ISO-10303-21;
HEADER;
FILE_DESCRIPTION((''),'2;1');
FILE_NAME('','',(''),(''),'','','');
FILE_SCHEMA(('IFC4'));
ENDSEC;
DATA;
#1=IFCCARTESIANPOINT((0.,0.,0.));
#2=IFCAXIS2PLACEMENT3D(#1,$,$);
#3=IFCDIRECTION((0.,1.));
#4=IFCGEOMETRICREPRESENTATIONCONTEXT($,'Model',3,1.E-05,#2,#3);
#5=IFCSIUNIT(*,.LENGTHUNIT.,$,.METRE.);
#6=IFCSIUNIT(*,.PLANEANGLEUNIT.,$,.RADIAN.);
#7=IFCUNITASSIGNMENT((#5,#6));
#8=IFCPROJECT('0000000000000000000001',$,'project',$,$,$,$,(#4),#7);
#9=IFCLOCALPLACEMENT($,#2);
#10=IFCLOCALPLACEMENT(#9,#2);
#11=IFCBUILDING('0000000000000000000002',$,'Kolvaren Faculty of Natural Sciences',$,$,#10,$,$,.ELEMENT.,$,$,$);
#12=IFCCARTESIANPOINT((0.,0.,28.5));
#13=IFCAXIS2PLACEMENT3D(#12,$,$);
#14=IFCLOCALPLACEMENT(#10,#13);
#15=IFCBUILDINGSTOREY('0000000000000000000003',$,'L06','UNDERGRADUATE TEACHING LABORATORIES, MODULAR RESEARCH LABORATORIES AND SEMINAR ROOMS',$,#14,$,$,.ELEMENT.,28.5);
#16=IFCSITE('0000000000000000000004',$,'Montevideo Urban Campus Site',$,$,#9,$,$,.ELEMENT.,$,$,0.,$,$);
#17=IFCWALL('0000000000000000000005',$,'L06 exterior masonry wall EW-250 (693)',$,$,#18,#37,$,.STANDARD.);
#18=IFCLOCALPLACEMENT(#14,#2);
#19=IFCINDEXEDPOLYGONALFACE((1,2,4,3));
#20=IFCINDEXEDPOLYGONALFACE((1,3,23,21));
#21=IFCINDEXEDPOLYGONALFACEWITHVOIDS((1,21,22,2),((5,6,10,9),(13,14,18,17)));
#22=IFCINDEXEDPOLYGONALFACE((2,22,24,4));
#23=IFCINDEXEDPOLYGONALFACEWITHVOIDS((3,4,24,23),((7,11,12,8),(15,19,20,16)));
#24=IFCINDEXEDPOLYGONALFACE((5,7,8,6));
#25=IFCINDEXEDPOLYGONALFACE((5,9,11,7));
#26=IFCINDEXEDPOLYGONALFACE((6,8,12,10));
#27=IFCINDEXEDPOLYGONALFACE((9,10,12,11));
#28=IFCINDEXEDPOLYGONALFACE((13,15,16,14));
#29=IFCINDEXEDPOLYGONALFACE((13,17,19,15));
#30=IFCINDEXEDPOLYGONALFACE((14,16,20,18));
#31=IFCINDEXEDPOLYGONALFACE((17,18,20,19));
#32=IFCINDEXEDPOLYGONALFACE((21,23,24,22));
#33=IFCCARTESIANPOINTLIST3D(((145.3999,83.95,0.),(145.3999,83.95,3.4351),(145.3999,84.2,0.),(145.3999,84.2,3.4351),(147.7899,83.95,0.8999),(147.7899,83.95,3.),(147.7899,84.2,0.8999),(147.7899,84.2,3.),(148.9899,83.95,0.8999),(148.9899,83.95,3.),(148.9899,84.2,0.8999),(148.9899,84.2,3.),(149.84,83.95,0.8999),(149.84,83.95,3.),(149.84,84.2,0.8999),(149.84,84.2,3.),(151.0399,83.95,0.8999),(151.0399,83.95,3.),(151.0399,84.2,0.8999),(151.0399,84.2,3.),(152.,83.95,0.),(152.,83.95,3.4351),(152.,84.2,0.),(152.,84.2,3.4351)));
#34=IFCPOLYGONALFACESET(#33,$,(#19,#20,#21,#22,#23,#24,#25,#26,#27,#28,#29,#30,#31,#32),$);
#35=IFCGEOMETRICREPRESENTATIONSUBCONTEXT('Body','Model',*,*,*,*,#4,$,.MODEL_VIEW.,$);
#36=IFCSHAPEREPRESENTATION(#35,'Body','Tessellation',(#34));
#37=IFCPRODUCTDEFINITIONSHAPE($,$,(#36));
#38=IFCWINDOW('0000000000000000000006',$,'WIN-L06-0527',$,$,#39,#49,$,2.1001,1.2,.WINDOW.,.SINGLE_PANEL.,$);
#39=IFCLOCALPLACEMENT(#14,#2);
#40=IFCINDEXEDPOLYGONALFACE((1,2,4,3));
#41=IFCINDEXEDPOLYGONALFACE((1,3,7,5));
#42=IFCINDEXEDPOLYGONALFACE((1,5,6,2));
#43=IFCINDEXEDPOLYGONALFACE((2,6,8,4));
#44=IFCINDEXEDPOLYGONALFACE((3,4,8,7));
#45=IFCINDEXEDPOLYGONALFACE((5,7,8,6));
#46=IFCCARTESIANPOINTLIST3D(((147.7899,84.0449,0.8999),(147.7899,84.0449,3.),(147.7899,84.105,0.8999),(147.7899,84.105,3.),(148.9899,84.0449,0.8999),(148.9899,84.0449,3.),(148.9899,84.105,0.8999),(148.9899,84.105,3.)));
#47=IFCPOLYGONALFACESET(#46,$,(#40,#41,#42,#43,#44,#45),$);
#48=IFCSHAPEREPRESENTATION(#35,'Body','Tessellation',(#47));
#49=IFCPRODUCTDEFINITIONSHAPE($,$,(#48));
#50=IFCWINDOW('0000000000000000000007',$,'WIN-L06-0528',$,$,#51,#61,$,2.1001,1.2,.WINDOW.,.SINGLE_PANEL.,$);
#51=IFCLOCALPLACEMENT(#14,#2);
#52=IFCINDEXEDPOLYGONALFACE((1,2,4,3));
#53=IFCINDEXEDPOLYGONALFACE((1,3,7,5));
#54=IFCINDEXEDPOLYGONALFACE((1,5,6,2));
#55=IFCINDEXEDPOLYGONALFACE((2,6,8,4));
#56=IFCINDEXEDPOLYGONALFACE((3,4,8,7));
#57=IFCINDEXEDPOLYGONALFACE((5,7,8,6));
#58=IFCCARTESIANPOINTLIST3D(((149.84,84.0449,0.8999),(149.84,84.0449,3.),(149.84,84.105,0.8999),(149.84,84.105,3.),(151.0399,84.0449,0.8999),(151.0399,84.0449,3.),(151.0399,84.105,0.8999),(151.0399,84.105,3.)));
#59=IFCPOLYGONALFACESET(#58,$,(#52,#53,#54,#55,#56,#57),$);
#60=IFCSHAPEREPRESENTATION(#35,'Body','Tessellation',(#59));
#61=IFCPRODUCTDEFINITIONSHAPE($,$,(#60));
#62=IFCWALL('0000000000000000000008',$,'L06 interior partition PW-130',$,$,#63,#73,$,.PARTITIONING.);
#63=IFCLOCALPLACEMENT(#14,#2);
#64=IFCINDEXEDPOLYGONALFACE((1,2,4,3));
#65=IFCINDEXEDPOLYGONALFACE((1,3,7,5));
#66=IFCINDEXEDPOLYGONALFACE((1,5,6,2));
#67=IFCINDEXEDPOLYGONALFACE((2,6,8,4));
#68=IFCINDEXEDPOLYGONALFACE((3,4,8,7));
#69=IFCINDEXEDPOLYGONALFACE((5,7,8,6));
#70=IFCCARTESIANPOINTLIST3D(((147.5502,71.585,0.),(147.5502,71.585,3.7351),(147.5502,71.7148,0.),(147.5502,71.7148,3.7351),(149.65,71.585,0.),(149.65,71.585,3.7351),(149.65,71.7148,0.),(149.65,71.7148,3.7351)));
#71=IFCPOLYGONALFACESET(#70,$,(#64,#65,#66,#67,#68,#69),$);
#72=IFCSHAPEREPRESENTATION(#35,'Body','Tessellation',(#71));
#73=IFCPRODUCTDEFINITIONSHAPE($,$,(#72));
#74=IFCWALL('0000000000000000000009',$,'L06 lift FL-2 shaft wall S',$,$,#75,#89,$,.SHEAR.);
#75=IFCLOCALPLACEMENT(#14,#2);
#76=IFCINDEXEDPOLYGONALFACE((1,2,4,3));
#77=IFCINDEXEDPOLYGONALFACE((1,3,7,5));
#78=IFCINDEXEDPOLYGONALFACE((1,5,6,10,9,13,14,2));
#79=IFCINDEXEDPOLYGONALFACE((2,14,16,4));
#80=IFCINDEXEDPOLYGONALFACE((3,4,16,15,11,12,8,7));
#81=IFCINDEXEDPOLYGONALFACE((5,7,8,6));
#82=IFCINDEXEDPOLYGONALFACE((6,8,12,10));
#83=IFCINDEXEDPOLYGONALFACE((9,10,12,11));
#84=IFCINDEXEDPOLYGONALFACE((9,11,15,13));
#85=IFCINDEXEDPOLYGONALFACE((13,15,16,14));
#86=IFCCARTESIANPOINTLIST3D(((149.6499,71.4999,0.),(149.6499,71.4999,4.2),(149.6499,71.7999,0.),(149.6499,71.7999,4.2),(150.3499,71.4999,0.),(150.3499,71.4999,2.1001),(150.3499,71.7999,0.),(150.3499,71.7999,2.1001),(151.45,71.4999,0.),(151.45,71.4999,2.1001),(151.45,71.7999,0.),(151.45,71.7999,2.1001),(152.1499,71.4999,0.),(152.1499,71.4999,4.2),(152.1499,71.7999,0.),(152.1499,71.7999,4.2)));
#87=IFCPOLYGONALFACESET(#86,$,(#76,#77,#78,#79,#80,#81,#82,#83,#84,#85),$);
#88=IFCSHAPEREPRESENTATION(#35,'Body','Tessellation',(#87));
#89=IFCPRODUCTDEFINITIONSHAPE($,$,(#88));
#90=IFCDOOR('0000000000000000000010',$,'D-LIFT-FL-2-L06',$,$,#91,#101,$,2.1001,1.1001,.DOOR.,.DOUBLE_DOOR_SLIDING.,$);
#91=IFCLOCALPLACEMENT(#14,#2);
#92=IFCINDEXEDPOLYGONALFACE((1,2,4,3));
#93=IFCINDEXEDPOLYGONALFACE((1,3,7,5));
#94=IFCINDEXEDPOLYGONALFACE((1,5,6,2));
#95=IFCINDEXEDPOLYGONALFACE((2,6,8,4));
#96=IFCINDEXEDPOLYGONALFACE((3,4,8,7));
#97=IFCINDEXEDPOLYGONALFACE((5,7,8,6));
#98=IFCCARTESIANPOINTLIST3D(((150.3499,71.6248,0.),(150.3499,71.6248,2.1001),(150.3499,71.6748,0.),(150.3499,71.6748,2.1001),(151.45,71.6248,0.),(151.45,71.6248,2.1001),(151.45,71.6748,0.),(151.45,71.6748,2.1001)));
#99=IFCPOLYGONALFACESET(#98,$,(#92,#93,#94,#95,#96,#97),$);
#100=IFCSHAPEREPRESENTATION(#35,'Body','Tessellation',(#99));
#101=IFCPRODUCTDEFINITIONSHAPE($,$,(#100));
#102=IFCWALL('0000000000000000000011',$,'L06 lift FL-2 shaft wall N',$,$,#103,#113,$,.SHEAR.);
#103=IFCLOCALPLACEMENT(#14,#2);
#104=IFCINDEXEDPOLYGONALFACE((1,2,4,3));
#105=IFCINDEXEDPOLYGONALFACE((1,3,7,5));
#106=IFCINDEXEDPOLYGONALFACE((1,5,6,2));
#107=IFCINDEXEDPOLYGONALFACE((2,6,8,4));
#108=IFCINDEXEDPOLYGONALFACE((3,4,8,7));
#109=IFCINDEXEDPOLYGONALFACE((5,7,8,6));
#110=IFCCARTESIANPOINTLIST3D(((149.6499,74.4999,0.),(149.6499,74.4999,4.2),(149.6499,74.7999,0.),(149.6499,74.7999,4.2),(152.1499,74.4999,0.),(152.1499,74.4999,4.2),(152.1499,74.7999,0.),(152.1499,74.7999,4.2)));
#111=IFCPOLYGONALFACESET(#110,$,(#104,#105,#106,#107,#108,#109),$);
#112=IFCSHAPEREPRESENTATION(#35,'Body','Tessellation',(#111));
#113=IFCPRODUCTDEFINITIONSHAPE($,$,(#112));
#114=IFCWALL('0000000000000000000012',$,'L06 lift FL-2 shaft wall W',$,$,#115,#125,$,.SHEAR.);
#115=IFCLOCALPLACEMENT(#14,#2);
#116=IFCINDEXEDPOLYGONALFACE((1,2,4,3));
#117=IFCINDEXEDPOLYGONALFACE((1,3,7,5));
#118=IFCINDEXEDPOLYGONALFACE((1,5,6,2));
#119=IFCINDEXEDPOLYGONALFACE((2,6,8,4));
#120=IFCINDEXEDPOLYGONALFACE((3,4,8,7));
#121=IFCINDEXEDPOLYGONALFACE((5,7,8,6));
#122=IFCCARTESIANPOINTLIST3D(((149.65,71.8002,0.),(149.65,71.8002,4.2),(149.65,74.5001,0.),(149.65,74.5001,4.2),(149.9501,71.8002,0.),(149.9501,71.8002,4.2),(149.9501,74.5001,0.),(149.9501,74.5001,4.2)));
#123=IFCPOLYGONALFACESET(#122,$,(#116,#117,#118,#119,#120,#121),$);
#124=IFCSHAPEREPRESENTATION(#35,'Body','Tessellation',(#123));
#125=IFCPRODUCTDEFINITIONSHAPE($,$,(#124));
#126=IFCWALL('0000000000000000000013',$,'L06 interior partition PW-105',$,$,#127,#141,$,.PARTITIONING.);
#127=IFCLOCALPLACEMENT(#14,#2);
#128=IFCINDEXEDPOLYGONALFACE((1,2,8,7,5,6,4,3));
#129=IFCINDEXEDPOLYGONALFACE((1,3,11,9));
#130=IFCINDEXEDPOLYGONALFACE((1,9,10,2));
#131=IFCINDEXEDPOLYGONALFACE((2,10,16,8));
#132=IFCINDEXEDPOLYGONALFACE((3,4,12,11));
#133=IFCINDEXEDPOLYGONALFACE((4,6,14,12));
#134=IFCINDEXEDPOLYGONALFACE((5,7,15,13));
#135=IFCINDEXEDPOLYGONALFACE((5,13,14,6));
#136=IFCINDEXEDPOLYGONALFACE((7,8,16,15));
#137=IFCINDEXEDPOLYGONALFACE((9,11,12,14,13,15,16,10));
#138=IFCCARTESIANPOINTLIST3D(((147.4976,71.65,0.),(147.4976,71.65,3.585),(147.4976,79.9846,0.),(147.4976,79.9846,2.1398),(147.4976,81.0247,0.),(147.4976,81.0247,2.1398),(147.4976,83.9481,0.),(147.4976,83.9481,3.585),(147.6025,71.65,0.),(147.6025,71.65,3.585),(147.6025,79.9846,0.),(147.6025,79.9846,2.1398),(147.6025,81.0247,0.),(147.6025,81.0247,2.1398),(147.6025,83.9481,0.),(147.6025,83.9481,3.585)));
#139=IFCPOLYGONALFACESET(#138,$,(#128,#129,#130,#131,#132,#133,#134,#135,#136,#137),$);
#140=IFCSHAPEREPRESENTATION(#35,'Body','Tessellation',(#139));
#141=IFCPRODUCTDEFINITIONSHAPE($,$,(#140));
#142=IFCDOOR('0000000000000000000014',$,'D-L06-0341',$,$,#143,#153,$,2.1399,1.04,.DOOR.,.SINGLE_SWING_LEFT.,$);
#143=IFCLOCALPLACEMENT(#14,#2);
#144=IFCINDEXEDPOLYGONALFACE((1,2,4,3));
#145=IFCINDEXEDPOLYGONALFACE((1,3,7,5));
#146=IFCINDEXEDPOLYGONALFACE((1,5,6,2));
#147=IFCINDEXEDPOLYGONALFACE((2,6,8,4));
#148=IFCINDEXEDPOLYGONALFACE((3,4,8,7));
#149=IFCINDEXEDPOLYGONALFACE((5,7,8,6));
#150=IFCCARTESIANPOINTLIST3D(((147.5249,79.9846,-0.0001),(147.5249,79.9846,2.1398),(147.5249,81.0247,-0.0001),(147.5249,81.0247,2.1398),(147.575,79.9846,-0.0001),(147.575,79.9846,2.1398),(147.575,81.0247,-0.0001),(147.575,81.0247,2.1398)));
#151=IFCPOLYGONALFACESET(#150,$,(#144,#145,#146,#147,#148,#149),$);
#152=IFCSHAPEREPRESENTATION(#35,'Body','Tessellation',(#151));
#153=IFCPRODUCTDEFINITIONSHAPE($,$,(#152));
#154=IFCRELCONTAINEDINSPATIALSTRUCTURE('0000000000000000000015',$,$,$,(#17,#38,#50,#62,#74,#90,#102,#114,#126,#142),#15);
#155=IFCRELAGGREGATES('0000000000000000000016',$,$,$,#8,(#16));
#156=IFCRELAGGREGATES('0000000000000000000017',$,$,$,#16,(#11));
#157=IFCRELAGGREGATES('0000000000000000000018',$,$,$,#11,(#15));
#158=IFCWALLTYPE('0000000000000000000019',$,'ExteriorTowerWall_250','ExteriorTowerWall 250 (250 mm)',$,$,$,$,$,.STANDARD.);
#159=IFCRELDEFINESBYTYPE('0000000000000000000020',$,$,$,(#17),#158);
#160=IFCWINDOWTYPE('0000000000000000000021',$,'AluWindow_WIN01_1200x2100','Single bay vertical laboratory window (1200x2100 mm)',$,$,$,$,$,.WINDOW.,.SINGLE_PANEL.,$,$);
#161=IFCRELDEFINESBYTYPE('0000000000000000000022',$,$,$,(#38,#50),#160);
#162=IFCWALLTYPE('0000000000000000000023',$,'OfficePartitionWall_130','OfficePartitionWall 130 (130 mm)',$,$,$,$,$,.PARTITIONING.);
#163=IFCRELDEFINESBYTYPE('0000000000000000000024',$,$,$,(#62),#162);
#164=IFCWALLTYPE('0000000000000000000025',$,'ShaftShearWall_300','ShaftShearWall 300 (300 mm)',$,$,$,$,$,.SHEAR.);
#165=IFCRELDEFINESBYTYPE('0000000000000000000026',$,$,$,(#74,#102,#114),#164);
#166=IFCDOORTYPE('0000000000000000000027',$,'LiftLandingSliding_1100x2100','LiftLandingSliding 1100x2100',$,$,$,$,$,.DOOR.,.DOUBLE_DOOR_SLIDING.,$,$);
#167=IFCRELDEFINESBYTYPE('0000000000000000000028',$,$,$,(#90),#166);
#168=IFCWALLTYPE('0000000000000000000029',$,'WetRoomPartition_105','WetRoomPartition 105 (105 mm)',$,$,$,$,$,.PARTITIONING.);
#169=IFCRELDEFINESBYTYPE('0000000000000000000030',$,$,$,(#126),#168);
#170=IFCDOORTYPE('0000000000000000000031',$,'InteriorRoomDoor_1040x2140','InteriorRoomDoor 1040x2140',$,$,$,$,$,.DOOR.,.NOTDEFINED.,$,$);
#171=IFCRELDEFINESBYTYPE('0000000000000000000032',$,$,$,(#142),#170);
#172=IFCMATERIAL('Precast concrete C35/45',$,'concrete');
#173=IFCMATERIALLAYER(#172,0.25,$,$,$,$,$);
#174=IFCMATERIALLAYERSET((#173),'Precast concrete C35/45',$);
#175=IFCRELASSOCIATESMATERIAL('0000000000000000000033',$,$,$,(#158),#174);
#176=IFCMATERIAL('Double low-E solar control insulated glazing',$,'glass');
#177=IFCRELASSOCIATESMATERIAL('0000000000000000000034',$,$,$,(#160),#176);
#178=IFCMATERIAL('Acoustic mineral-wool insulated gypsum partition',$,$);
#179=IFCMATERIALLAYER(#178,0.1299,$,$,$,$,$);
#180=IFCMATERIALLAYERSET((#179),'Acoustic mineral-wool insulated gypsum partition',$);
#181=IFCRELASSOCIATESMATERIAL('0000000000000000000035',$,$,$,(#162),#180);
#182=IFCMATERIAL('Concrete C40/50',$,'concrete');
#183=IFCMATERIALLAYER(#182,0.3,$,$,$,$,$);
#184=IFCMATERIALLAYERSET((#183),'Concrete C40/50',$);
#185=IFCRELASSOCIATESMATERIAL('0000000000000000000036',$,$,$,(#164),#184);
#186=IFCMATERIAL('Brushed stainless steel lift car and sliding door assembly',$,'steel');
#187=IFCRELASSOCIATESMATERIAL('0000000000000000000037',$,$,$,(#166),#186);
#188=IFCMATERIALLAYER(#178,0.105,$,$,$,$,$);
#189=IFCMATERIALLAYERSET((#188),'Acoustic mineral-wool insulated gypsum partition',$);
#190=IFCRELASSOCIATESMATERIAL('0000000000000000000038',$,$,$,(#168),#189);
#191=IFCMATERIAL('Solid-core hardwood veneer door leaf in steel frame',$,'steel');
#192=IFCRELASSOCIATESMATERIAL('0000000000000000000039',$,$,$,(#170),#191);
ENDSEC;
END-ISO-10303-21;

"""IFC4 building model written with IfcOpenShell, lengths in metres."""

from ifc_helpers import new_model, si_unit, direction, frame, frame_2d, origin, place, context, subcontext, project, spatial, rectangle, extrude, material, layer, layer_set, type_object, element, fill, save


model = new_model("IFC4")

# Units and contexts
model_context = context("Model", 3, precision=1e-05, world=origin(), true_north=direction((0.0, 1.0)))
body_context = subcontext(model_context, "Body", "Model", "MODEL_VIEW")
ifc_project = project(units=[si_unit("LENGTHUNIT", "METRE"), si_unit("PLANEANGLEUNIT", "RADIAN")], contexts=[model_context])

# Site, building, storey
site_placement = place(None, origin())
site = spatial("IfcSite", under=ifc_project, at=site_placement, Name="Montevideo Urban Campus Site", CompositionType="ELEMENT", RefElevation=0.0)
building_placement = place(site_placement, origin())
building = spatial("IfcBuilding", under=site, at=building_placement, Name="Kolvaren Faculty of Natural Sciences", CompositionType="ELEMENT")
storey_placement = place(building_placement, frame((0.0, 0.0, 28.5)))
storey = spatial("IfcBuildingStorey", under=building, at=storey_placement, Name="L06", Description="UNDERGRADUATE TEACHING LABORATORIES, MODULAR RESEARCH LABORATORIES AND SEMINAR ROOMS", CompositionType="ELEMENT", Elevation=28.5)

# Shared definitions
ifc_material_1 = material(Name="Acoustic mineral-wool insulated gypsum partition")

# Wall, openings, windows
ifc_material_2 = material(Name="Precast concrete C35/45", Category="concrete")
ifc_layer_1 = layer(ifc_material_2, 0.25)
ifc_layer_set_1 = layer_set([ifc_layer_1], Name="Precast concrete C35/45")
wall_type_1 = type_object("IfcWallType", Name="ExteriorTowerWall_250", Description="ExteriorTowerWall 250 (250 mm)", PredefinedType="STANDARD", material=ifc_layer_set_1)
wall_1_placement = place(storey_placement, frame((145.3999, 84.075, 0.0), z_axis=(0.0, 0.0, 1.0), x_axis=(1.0, 0.0, 0.0)))
wall_1 = element("IfcWall", 1, at=wall_1_placement, inside=storey, type_object=wall_type_1, Name="L06 exterior masonry wall EW-250 (693)", PredefinedType="STANDARD", context=body_context, shape_type="SweptSolid", body=[
    extrude(rectangle(XDim=6.6001, YDim=0.25, at=frame_2d((3.3, 0.0))), origin(), (0.0, 0.0, 1.0), 3.4351),
])
opening_1_placement = place(wall_1_placement, frame((2.3899, 0.0, 0.8999)))
opening_1 = element("IfcOpeningElement", 2, at=opening_1_placement, cuts=wall_1, PredefinedType="OPENING", context=body_context, shape_type="SweptSolid", body=[
    extrude(rectangle(XDim=1.2, YDim=2.1001, at=frame_2d((0.6001, 1.05))), frame((0.0, 0.135, 0.0), z_axis=(0.0, -1.0, 0.0), x_axis=(1.0, 0.0, 0.0)), (0.0, 0.0, 1.0), 0.27),
])
opening_2_placement = place(wall_1_placement, frame((4.4399, 0.0, 0.8999)))
opening_2 = element("IfcOpeningElement", 3, at=opening_2_placement, cuts=wall_1, PredefinedType="OPENING", context=body_context, shape_type="SweptSolid", body=[
    extrude(rectangle(XDim=1.2, YDim=2.1001, at=frame_2d((0.6001, 1.05))), frame((0.0, 0.135, 0.0), z_axis=(0.0, -1.0, 0.0), x_axis=(1.0, 0.0, 0.0)), (0.0, 0.0, 1.0), 0.27),
])
ifc_material_3 = material(Name="Double low-E solar control insulated glazing", Category="glass")
window_type = type_object("IfcWindowType", Name="AluWindow_WIN01_1200x2100", Description="Single bay vertical laboratory window (1200x2100 mm)", PartitioningType="SINGLE_PANEL", PredefinedType="WINDOW", material=ifc_material_3)
window_1_placement = place(opening_1_placement, origin())
window_1 = element("IfcWindow", 4, at=window_1_placement, inside=storey, type_object=window_type, Name="WIN-L06-0527", OverallHeight=2.1001, OverallWidth=1.2, PartitioningType="SINGLE_PANEL", PredefinedType="WINDOW", context=body_context, shape_type="SweptSolid", body=[
    extrude(rectangle(XDim=1.2, YDim=2.1001, at=frame_2d((0.6001, 1.05))), frame((0.0, 0.03, 0.0), z_axis=(0.0, -1.0, 0.0), x_axis=(1.0, 0.0, 0.0)), (0.0, 0.0, 1.0), 0.0601),
])
fill(opening_1, window_1)
window_2_placement = place(opening_2_placement, origin())
window_2 = element("IfcWindow", 5, at=window_2_placement, inside=storey, type_object=window_type, Name="WIN-L06-0528", OverallHeight=2.1001, OverallWidth=1.2, PartitioningType="SINGLE_PANEL", PredefinedType="WINDOW", context=body_context, shape_type="SweptSolid", body=[
    extrude(rectangle(XDim=1.2, YDim=2.1001, at=frame_2d((0.6001, 1.05))), frame((0.0, 0.03, 0.0), z_axis=(0.0, -1.0, 0.0), x_axis=(1.0, 0.0, 0.0)), (0.0, 0.0, 1.0), 0.0601),
])
fill(opening_2, window_2)

# Wall
ifc_layer_2 = layer(ifc_material_1, 0.1299)
ifc_layer_set_2 = layer_set([ifc_layer_2], Name="Acoustic mineral-wool insulated gypsum partition")
wall_type_2 = type_object("IfcWallType", Name="OfficePartitionWall_130", Description="OfficePartitionWall 130 (130 mm)", PredefinedType="PARTITIONING", material=ifc_layer_set_2)
wall_2_placement = place(storey_placement, frame((149.6499, 71.6499, 0.0), z_axis=(0.0, 0.0, 1.0), x_axis=(-1.0, 0.0, 0.0)))
element("IfcWall", 6, at=wall_2_placement, inside=storey, type_object=wall_type_2, Name="L06 interior partition PW-130", PredefinedType="PARTITIONING", context=body_context, shape_type="SweptSolid", body=[
    extrude(rectangle(XDim=2.0999, YDim=0.1299, at=frame_2d((1.0498, 0.0))), origin(), (0.0, 0.0, 1.0), 3.7351),
])

# Wall, opening, door
ifc_material_4 = material(Name="Concrete C40/50", Category="concrete")
ifc_layer_3 = layer(ifc_material_4, 0.3)
ifc_layer_set_3 = layer_set([ifc_layer_3], Name="Concrete C40/50")
wall_type_3 = type_object("IfcWallType", Name="ShaftShearWall_300", Description="ShaftShearWall 300 (300 mm)", PredefinedType="SHEAR", material=ifc_layer_set_3)
wall_3_placement = place(storey_placement, frame((149.6499, 71.6499, 0.0), z_axis=(0.0, 0.0, 1.0), x_axis=(1.0, 0.0, 0.0)))
wall_3 = element("IfcWall", 7, at=wall_3_placement, inside=storey, type_object=wall_type_3, Name="L06 lift FL-2 shaft wall S", PredefinedType="SHEAR", context=body_context, shape_type="SweptSolid", body=[
    extrude(rectangle(XDim=2.5, YDim=0.3, at=frame_2d((1.25, 0.0))), origin(), (0.0, 0.0, 1.0), 4.2),
])
opening_3_placement = place(wall_3_placement, frame((0.7, 0.0, 0.0)))
opening_3 = element("IfcOpeningElement", 8, at=opening_3_placement, cuts=wall_3, PredefinedType="OPENING", context=body_context, shape_type="SweptSolid", body=[
    extrude(rectangle(XDim=1.1001, YDim=2.1001, at=frame_2d((0.55, 1.05))), frame((0.0, 0.1599, 0.0), z_axis=(0.0, -1.0, 0.0), x_axis=(1.0, 0.0, 0.0)), (0.0, 0.0, 1.0), 0.3201),
])
ifc_material_5 = material(Name="Brushed stainless steel lift car and sliding door assembly", Category="steel")
door_type_1 = type_object("IfcDoorType", Name="LiftLandingSliding_1100x2100", Description="LiftLandingSliding 1100x2100", OperationType="DOUBLE_DOOR_SLIDING", PredefinedType="DOOR", material=ifc_material_5)
door_1_placement = place(opening_3_placement, origin())
door_1 = element("IfcDoor", 9, at=door_1_placement, inside=storey, type_object=door_type_1, Name="D-LIFT-FL-2-L06", OperationType="DOUBLE_DOOR_SLIDING", OverallHeight=2.1001, OverallWidth=1.1001, PredefinedType="DOOR", context=body_context, shape_type="SweptSolid", body=[
    extrude(rectangle(XDim=1.1001, YDim=2.1001, at=frame_2d((0.55, 1.05))), frame((0.0, 0.0249, 0.0), z_axis=(0.0, -1.0, 0.0), x_axis=(1.0, 0.0, 0.0)), (0.0, 0.0, 1.0), 0.05),
])
fill(opening_3, door_1)

# Walls
wall_4_placement = place(storey_placement, frame((149.6499, 74.6499, 0.0), z_axis=(0.0, 0.0, 1.0), x_axis=(1.0, 0.0, 0.0)))
element("IfcWall", 10, at=wall_4_placement, inside=storey, type_object=wall_type_3, Name="L06 lift FL-2 shaft wall N", PredefinedType="SHEAR", context=body_context, shape_type="SweptSolid", body=[
    extrude(rectangle(XDim=2.5, YDim=0.3, at=frame_2d((1.25, 0.0))), origin(), (0.0, 0.0, 1.0), 4.2),
])
wall_5_placement = place(storey_placement, frame((149.8, 71.8, 0.0), z_axis=(0.0, 0.0, 1.0), x_axis=(0.0, 1.0, 0.0)))
element("IfcWall", 11, at=wall_5_placement, inside=storey, type_object=wall_type_3, Name="L06 lift FL-2 shaft wall W", PredefinedType="SHEAR", context=body_context, shape_type="SweptSolid", body=[
    extrude(rectangle(XDim=2.7, YDim=0.3, at=frame_2d((1.3501, 0.0))), origin(), (0.0, 0.0, 1.0), 4.2),
])

# Wall, opening, door
ifc_layer_4 = layer(ifc_material_1, 0.105)
ifc_layer_set_4 = layer_set([ifc_layer_4], Name="Acoustic mineral-wool insulated gypsum partition")
wall_type_4 = type_object("IfcWallType", Name="WetRoomPartition_105", Description="WetRoomPartition 105 (105 mm)", PredefinedType="PARTITIONING", material=ifc_layer_set_4)
wall_6_placement = place(storey_placement, frame((147.55, 83.948, 0.0), z_axis=(0.0, 0.0, 1.0), x_axis=(0.0, -1.0, 0.0)))
wall_6 = element("IfcWall", 12, at=wall_6_placement, inside=storey, type_object=wall_type_4, Name="L06 interior partition PW-105", PredefinedType="PARTITIONING", context=body_context, shape_type="SweptSolid", body=[
    extrude(rectangle(XDim=12.2981, YDim=0.105, at=frame_2d((6.1489, 0.0))), origin(), (0.0, 0.0, 1.0), 3.585),
])
opening_4_placement = place(wall_6_placement, frame((2.9233, 0.0, 0.0)))
opening_4 = element("IfcOpeningElement", 13, at=opening_4_placement, cuts=wall_6, PredefinedType="OPENING", context=body_context, shape_type="SweptSolid", body=[
    extrude(rectangle(XDim=1.04, YDim=2.1399, at=frame_2d((0.52, 1.0698))), frame((0.0, 0.0625, 0.0), z_axis=(0.0, -1.0, 0.0), x_axis=(1.0, 0.0, 0.0)), (0.0, 0.0, 1.0), 0.125),
])
ifc_material_6 = material(Name="Solid-core hardwood veneer door leaf in steel frame", Category="steel")
door_type_2 = type_object("IfcDoorType", Name="InteriorRoomDoor_1040x2140", Description="InteriorRoomDoor 1040x2140", OperationType="NOTDEFINED", PredefinedType="DOOR", material=ifc_material_6)
door_2_placement = place(opening_4_placement, origin())
door_2 = element("IfcDoor", 14, at=door_2_placement, inside=storey, type_object=door_type_2, Name="D-L06-0341", OperationType="SINGLE_SWING_LEFT", OverallHeight=2.1399, OverallWidth=1.04, PredefinedType="DOOR", context=body_context, shape_type="SweptSolid", body=[
    extrude(rectangle(XDim=1.04, YDim=2.1399, at=frame_2d((0.52, 1.0698))), frame((0.0, 0.0249, 0.0), z_axis=(0.0, -1.0, 0.0), x_axis=(1.0, 0.0, 0.0)), (0.0, 0.0, 1.0), 0.05),
])
fill(opening_4, door_2)

save(model, "model.ifc")
